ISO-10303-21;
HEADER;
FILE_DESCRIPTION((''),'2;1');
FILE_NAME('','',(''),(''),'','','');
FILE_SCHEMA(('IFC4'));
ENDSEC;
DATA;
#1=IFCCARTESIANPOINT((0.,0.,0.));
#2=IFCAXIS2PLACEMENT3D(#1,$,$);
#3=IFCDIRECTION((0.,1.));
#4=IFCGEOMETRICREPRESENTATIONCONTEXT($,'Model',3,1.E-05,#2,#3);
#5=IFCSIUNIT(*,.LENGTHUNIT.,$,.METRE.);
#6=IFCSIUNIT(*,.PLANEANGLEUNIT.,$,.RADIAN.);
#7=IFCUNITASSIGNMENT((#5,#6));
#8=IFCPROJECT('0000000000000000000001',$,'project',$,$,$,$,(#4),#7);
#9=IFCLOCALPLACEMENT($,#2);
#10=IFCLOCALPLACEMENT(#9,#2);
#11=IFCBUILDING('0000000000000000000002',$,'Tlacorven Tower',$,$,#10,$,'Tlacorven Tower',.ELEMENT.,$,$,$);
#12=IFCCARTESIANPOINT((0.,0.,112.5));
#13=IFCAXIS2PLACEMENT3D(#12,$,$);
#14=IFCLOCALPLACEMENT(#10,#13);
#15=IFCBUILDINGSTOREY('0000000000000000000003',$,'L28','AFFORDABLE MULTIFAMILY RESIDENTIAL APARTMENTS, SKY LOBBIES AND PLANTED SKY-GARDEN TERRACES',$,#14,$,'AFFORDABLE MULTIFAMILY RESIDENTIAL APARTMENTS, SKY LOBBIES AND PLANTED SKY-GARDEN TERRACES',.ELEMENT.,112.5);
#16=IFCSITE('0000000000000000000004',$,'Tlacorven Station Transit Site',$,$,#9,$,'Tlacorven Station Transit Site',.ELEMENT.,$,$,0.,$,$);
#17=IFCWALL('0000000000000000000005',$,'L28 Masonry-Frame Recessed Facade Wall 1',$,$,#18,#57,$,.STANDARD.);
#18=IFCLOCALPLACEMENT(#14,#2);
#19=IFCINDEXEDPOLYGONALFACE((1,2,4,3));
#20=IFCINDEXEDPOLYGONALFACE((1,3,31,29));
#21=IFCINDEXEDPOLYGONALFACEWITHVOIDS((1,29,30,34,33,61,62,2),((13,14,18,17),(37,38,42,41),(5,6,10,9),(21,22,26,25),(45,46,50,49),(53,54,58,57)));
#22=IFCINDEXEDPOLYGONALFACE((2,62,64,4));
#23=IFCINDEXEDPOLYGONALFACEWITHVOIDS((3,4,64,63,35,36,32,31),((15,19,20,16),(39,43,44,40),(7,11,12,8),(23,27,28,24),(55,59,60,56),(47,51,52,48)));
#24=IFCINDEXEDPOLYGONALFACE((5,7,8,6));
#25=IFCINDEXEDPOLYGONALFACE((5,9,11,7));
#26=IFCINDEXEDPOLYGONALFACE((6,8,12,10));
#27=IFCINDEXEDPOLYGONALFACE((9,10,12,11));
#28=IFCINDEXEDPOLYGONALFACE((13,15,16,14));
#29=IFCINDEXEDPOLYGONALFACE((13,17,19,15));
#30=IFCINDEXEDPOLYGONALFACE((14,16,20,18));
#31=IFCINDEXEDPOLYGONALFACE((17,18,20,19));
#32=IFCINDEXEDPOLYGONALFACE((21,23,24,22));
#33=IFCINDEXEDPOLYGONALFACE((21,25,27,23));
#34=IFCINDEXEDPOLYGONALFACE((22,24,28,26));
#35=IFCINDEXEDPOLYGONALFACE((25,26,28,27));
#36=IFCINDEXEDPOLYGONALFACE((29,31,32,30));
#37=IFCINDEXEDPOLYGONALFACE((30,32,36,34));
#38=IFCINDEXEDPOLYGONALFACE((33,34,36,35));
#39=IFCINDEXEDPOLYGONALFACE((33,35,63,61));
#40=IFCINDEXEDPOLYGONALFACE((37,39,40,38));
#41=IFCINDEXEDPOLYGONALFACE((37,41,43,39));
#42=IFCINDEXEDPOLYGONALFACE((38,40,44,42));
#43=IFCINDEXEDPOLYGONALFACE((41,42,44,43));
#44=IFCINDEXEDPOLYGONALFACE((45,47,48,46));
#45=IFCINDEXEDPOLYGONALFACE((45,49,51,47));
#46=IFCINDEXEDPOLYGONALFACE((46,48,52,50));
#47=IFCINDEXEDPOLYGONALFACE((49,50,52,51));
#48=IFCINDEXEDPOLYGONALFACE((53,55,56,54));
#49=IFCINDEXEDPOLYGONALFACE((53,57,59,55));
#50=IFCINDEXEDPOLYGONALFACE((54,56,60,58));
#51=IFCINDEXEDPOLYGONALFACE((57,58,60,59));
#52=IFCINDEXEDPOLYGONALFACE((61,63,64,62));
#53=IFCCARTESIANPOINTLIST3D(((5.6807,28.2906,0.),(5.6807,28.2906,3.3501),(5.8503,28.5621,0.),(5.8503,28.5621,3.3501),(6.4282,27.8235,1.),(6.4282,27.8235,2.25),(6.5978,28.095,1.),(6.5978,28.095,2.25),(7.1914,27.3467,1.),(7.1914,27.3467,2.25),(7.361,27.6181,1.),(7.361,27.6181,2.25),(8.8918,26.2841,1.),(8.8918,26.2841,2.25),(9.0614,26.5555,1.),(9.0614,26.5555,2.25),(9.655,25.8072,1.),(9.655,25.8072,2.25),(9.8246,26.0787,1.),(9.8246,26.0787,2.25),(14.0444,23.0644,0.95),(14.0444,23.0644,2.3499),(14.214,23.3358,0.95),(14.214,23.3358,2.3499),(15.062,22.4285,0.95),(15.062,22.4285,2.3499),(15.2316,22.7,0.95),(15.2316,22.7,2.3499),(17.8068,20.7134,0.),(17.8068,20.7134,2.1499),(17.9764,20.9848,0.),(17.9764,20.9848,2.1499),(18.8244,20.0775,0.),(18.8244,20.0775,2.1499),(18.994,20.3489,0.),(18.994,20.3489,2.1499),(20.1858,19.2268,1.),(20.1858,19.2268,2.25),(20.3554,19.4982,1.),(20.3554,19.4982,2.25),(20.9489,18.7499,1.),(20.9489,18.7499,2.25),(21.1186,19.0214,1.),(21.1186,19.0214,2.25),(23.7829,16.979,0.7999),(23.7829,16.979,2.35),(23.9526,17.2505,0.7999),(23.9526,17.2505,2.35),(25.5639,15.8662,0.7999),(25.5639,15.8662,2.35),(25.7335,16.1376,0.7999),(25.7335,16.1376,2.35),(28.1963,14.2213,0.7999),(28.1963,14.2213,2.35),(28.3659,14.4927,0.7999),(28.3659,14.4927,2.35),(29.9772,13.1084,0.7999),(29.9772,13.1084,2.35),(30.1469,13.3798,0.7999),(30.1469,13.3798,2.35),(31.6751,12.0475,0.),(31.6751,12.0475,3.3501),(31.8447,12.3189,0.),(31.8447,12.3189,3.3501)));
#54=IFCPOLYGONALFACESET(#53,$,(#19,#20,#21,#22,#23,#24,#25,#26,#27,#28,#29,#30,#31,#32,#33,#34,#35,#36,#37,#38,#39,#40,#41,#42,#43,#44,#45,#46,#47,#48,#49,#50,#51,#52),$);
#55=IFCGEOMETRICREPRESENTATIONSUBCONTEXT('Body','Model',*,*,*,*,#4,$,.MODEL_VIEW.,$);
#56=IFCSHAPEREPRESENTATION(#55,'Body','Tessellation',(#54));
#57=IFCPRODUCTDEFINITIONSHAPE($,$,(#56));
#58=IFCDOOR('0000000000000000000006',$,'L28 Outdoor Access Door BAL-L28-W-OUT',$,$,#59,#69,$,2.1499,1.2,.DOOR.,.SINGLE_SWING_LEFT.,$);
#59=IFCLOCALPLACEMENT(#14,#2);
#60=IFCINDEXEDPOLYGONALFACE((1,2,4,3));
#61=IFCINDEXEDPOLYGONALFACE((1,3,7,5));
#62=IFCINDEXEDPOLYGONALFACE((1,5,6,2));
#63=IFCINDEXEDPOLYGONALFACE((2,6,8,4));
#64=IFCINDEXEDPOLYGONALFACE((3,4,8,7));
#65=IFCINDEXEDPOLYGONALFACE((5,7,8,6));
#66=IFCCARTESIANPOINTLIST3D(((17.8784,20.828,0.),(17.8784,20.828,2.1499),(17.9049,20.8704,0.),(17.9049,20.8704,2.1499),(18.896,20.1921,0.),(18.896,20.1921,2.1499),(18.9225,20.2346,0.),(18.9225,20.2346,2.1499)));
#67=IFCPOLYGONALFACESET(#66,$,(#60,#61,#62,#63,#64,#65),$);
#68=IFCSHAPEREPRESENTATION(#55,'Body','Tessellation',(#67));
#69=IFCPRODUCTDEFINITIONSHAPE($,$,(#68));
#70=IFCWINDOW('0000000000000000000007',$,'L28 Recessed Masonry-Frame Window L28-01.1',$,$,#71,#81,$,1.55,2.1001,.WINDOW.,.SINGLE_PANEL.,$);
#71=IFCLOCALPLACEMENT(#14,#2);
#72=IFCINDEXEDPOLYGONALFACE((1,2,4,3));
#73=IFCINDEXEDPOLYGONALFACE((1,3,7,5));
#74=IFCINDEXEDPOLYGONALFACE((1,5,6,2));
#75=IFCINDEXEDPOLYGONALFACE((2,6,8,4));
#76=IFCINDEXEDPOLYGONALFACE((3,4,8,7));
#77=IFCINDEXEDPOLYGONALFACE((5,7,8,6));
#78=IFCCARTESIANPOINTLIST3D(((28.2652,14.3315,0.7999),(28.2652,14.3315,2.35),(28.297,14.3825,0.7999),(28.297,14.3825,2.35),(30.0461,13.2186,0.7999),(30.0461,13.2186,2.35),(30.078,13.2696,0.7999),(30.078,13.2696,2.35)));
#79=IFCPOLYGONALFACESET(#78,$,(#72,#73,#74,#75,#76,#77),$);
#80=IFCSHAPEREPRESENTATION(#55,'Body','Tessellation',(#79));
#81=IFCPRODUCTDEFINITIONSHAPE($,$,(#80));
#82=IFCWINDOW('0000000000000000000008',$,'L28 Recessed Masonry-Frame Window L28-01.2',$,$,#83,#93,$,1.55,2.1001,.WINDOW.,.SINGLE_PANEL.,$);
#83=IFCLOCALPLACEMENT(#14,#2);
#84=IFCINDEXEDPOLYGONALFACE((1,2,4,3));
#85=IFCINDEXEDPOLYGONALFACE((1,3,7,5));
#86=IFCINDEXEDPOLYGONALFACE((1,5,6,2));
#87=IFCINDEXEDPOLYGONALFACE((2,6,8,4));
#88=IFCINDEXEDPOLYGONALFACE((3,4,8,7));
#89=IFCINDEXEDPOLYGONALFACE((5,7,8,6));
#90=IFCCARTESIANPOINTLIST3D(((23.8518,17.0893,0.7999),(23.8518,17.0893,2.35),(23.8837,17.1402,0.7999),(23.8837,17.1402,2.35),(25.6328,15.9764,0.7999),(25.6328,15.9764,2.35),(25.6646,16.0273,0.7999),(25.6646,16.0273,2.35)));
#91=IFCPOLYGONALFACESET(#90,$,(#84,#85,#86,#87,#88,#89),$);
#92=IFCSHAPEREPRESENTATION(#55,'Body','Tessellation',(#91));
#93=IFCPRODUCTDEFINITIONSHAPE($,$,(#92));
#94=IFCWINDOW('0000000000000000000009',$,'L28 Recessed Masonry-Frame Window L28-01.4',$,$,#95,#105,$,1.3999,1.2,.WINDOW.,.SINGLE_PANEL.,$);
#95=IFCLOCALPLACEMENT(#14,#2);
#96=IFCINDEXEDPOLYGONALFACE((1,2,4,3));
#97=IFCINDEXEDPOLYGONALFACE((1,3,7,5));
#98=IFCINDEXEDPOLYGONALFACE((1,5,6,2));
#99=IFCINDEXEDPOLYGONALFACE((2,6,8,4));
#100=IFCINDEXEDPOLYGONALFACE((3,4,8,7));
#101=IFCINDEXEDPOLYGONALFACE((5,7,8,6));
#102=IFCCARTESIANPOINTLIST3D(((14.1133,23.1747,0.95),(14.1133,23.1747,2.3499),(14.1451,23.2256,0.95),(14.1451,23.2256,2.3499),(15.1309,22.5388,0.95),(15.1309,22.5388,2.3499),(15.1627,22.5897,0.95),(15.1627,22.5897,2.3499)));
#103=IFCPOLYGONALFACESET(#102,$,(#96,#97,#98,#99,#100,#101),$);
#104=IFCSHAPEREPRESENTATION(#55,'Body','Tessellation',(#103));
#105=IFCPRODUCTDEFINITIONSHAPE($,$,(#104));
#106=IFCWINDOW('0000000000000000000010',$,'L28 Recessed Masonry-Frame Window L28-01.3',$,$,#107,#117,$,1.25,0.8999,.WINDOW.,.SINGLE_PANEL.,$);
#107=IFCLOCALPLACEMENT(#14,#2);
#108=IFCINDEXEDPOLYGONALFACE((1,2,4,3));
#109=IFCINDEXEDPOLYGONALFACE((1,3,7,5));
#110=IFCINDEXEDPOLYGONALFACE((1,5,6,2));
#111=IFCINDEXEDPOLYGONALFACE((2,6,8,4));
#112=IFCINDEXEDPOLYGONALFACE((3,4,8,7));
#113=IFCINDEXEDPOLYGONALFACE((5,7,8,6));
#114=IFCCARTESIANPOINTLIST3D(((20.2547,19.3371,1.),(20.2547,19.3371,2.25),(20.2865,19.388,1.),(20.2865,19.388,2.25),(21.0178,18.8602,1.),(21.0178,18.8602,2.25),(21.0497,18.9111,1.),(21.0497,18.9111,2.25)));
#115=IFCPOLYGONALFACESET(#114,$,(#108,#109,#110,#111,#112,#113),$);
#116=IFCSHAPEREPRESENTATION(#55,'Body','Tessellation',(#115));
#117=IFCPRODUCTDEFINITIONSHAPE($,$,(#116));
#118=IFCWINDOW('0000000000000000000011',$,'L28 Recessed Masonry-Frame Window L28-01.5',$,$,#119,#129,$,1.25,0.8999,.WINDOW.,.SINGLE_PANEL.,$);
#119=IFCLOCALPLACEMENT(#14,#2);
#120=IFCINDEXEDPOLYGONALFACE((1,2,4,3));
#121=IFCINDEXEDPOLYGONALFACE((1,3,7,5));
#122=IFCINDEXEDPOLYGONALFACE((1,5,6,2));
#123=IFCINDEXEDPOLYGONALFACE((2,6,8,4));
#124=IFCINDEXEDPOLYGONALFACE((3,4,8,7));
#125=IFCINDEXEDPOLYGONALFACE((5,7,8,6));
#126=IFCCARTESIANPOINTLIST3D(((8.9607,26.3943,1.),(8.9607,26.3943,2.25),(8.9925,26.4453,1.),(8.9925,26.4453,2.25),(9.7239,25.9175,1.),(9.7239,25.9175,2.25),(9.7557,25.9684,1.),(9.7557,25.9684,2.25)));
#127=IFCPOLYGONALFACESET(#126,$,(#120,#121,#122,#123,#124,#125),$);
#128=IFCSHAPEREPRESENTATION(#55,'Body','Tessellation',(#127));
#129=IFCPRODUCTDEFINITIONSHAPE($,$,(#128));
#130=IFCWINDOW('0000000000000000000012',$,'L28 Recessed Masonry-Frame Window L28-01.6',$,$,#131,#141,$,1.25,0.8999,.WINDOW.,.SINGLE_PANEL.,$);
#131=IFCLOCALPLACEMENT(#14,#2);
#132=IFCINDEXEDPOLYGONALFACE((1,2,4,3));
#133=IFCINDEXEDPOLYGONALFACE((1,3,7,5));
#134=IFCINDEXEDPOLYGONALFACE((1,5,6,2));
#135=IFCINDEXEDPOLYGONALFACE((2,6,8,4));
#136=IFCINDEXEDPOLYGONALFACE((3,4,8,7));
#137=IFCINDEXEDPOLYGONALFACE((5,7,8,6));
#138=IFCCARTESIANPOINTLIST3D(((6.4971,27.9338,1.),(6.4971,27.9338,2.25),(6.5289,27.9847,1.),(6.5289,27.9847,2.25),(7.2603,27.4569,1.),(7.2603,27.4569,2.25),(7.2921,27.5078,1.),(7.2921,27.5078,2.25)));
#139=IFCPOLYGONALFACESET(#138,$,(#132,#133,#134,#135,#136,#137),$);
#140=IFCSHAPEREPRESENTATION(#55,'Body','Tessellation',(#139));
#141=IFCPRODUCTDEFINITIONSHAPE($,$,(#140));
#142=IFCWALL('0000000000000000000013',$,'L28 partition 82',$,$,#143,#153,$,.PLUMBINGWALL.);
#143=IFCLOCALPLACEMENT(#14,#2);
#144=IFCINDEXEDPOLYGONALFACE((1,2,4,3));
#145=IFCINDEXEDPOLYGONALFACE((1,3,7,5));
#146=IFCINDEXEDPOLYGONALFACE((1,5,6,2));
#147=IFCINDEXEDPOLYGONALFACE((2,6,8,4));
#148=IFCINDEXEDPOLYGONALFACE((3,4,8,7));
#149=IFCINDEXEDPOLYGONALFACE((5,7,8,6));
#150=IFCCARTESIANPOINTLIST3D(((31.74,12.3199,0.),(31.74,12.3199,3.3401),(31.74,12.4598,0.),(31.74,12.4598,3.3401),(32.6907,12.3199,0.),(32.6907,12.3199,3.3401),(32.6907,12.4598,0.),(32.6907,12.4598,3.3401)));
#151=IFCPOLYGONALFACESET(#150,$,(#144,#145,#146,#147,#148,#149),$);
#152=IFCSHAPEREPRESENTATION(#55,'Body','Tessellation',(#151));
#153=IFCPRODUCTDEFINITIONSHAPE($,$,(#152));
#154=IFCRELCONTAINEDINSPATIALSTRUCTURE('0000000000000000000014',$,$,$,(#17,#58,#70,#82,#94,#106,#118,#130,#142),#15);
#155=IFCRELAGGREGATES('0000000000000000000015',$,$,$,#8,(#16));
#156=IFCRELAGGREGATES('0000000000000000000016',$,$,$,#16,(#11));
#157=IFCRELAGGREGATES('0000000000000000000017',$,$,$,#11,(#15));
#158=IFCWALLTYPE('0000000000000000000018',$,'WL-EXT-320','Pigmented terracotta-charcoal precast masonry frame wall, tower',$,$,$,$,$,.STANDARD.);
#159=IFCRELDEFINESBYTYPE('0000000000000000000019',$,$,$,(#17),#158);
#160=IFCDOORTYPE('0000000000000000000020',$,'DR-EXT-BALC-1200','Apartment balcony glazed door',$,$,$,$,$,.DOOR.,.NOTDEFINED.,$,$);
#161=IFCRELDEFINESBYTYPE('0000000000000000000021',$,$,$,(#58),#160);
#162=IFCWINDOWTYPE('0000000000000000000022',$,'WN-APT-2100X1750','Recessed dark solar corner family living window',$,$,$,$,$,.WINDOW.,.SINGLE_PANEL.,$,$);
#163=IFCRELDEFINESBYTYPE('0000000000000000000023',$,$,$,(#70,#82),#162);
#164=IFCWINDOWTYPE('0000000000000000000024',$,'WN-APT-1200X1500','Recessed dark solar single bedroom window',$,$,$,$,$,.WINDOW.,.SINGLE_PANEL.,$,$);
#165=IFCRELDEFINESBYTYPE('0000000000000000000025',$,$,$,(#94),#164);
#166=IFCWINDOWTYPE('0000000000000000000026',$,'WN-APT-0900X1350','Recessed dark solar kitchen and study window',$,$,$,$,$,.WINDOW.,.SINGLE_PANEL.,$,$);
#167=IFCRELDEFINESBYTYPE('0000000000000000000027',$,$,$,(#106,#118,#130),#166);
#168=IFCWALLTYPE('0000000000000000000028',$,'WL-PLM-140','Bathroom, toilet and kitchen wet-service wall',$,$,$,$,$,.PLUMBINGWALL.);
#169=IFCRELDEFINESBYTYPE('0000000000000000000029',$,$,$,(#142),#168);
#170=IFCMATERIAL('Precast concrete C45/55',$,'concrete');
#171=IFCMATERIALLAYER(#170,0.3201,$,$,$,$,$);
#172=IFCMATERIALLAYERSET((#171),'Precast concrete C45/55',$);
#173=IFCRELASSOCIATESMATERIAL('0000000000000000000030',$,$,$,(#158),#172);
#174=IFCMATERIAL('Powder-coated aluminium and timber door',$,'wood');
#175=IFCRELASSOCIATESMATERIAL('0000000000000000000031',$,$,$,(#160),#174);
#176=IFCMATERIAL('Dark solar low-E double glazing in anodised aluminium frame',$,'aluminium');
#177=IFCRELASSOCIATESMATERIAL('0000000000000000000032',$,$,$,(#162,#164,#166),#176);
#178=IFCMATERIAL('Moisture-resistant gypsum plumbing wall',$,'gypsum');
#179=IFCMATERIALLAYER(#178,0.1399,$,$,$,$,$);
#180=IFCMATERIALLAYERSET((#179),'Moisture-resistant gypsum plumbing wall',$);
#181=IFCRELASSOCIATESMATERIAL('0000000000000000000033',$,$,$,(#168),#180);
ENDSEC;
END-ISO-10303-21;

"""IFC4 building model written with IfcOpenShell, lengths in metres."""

from ifc_helpers import new_model, si_unit, direction, frame, frame_2d, origin, place, context, subcontext, project, spatial, rectangle, extrude, source, transform, mapped, material, layer, layer_set, type_object, element, fill, save


model = new_model("IFC4")

# Units and contexts
model_context = context("Model", 3, precision=1e-05, world=origin(), true_north=direction((0.0, 1.0)))
body_context = subcontext(model_context, "Body", "Model", "MODEL_VIEW")
ifc_project = project(units=[si_unit("LENGTHUNIT", "METRE"), si_unit("PLANEANGLEUNIT", "RADIAN")], contexts=[model_context])

# Site, building, storey
site_placement = place(None, origin())
site = spatial("IfcSite", under=ifc_project, at=site_placement, Name="Tlacorven Station Transit Site", LongName="Tlacorven Station Transit Site", CompositionType="ELEMENT", RefElevation=0.0)
building_placement = place(site_placement, origin())
building = spatial("IfcBuilding", under=site, at=building_placement, Name="Tlacorven Tower", LongName="Tlacorven Tower", CompositionType="ELEMENT")
storey_placement = place(building_placement, frame((0.0, 0.0, 112.5)))
storey = spatial("IfcBuildingStorey", under=building, at=storey_placement, Name="L28", Description="AFFORDABLE MULTIFAMILY RESIDENTIAL APARTMENTS, SKY LOBBIES AND PLANTED SKY-GARDEN TERRACES", LongName="AFFORDABLE MULTIFAMILY RESIDENTIAL APARTMENTS, SKY LOBBIES AND PLANTED SKY-GARDEN TERRACES", CompositionType="ELEMENT", Elevation=112.5)

# Wall, openings, door, windows
ifc_material_1 = material(Name="Precast concrete C45/55", Category="concrete")
ifc_layer_1 = layer(ifc_material_1, 0.3201)
ifc_layer_set_1 = layer_set([ifc_layer_1], Name="Precast concrete C45/55")
wall_type_1 = type_object("IfcWallType", Name="WL-EXT-320", Description="Pigmented terracotta-charcoal precast masonry frame wall, tower", PredefinedType="STANDARD", material=ifc_layer_set_1)
wall_1_placement = place(storey_placement, frame((31.76, 12.1831, 0.0), z_axis=(0.0, 0.0, 1.0), x_axis=(-0.848047, 0.529921, 0.0)))
wall_1 = element("IfcWall", 1, at=wall_1_placement, inside=storey, type_object=wall_type_1, Name="L28 Masonry-Frame Recessed Facade Wall 1", PredefinedType="STANDARD", context=body_context, shape_type="SweptSolid", body=[
    extrude(rectangle(XDim=30.6521, YDim=0.3201, at=frame_2d((15.3262, 0.0))), origin(), (0.0, 0.0, 1.0), 3.3501),
])
opening_1_placement = place(wall_1_placement, frame((15.1533, 0.0, 0.0)))
opening_1 = element("IfcOpeningElement", 2, at=opening_1_placement, cuts=wall_1, PredefinedType="OPENING", context=body_context, shape_type="SweptSolid", body=[
    extrude(rectangle(XDim=1.2, YDim=2.1499, at=frame_2d((0.6001, 1.075))), frame((0.0, 0.1699, 0.0), z_axis=(0.0, -1.0, 0.0), x_axis=(1.0, 0.0, 0.0)), (0.0, 0.0, 1.0), 0.3401),
])
opening_2_placement = place(wall_1_placement, frame((2.0022, 0.0, 0.8)))
opening_2 = element("IfcOpeningElement", 3, at=opening_2_placement, cuts=wall_1, PredefinedType="OPENING", context=body_context, shape_type="SweptSolid", body=[
    extrude(rectangle(XDim=2.1001, YDim=1.55, at=frame_2d((1.05, 0.7749))), frame((0.0, 0.1699, 0.0), z_axis=(0.0, -1.0, 0.0), x_axis=(1.0, 0.0, 0.0)), (0.0, 0.0, 1.0), 0.3401),
])
opening_3_placement = place(wall_1_placement, frame((7.2063, 0.0, 0.8)))
opening_3 = element("IfcOpeningElement", 4, at=opening_3_placement, cuts=wall_1, PredefinedType="OPENING", context=body_context, shape_type="SweptSolid", body=[
    extrude(rectangle(XDim=2.1001, YDim=1.55, at=frame_2d((1.05, 0.7749))), frame((0.0, 0.1699, 0.0), z_axis=(0.0, -1.0, 0.0), x_axis=(1.0, 0.0, 0.0)), (0.0, 0.0, 1.0), 0.3401),
])
opening_4_placement = place(wall_1_placement, frame((12.6482, 0.0, 1.0)))
opening_4 = element("IfcOpeningElement", 5, at=opening_4_placement, cuts=wall_1, PredefinedType="OPENING", context=body_context, shape_type="SweptSolid", body=[
    extrude(rectangle(XDim=0.8999, YDim=1.25, at=frame_2d((0.45, 0.625))), frame((0.0, 0.1699, 0.0), z_axis=(0.0, -1.0, 0.0), x_axis=(1.0, 0.0, 0.0)), (0.0, 0.0, 1.0), 0.3401),
])
opening_5_placement = place(wall_1_placement, frame((19.5898, 0.0, 0.95)))
opening_5 = element("IfcOpeningElement", 6, at=opening_5_placement, cuts=wall_1, PredefinedType="OPENING", context=body_context, shape_type="SweptSolid", body=[
    extrude(rectangle(XDim=1.2, YDim=1.3999, at=frame_2d((0.6001, 0.7))), frame((0.0, 0.1699, 0.0), z_axis=(0.0, -1.0, 0.0), x_axis=(1.0, 0.0, 0.0)), (0.0, 0.0, 1.0), 0.3401),
])
opening_6_placement = place(wall_1_placement, frame((25.9658, 0.0, 1.0)))
opening_6 = element("IfcOpeningElement", 7, at=opening_6_placement, cuts=wall_1, PredefinedType="OPENING", context=body_context, shape_type="SweptSolid", body=[
    extrude(rectangle(XDim=0.8999, YDim=1.25, at=frame_2d((0.45, 0.625))), frame((0.0, 0.1699, 0.0), z_axis=(0.0, -1.0, 0.0), x_axis=(1.0, 0.0, 0.0)), (0.0, 0.0, 1.0), 0.3401),
])
opening_7_placement = place(wall_1_placement, frame((28.8708, 0.0, 1.0)))
opening_7 = element("IfcOpeningElement", 8, at=opening_7_placement, cuts=wall_1, PredefinedType="OPENING", context=body_context, shape_type="SweptSolid", body=[
    extrude(rectangle(XDim=0.8999, YDim=1.25, at=frame_2d((0.45, 0.625))), frame((0.0, 0.1699, 0.0), z_axis=(0.0, -1.0, 0.0), x_axis=(1.0, 0.0, 0.0)), (0.0, 0.0, 1.0), 0.3401),
])
ifc_material_2 = material(Name="Powder-coated aluminium and timber door", Category="wood")
door_type_1 = type_object("IfcDoorType", Name="DR-EXT-BALC-1200", Description="Apartment balcony glazed door", OperationType="NOTDEFINED", PredefinedType="DOOR", material=ifc_material_2)
shared_shape_1 = source(origin(), body_context, "Body", "SweptSolid", [
    extrude(rectangle(XDim=1.2, YDim=2.1499, at=frame_2d((0.6001, 1.075))), frame((0.0, 0.0249, 0.0), z_axis=(0.0, -1.0, 0.0), x_axis=(1.0, 0.0, 0.0)), (0.0, 0.0, 1.0), 0.05),
])
door_1_placement = place(opening_1_placement, origin())
door_1 = element("IfcDoor", 9, at=door_1_placement, inside=storey, type_object=door_type_1, Name="L28 Outdoor Access Door BAL-L28-W-OUT", OperationType="SINGLE_SWING_LEFT", OverallHeight=2.1499, OverallWidth=1.2, PredefinedType="DOOR", context=body_context, shape_type="MappedRepresentation", body=[
    mapped(shared_shape_1, transform((0.0, 0.0, 0.0), scale=1.0)),
])
fill(opening_1, door_1)
ifc_material_3 = material(Name="Dark solar low-E double glazing in anodised aluminium frame", Category="aluminium")
window_type_1 = type_object("IfcWindowType", Name="WN-APT-2100X1750", Description="Recessed dark solar corner family living window", PartitioningType="SINGLE_PANEL", PredefinedType="WINDOW", material=ifc_material_3)
shared_shape_2 = source(origin(), body_context, "Body", "SweptSolid", [
    extrude(rectangle(XDim=2.1001, YDim=1.55, at=frame_2d((1.05, 0.7749))), frame((0.0, 0.03, 0.0), z_axis=(0.0, -1.0, 0.0), x_axis=(1.0, 0.0, 0.0)), (0.0, 0.0, 1.0), 0.0601),
])
window_1_placement = place(opening_2_placement, origin())
window_1 = element("IfcWindow", 10, at=window_1_placement, inside=storey, type_object=window_type_1, Name="L28 Recessed Masonry-Frame Window L28-01.1", OverallHeight=1.55, OverallWidth=2.1001, PartitioningType="SINGLE_PANEL", PredefinedType="WINDOW", context=body_context, shape_type="MappedRepresentation", body=[
    mapped(shared_shape_2, transform((0.0, 0.0, 0.0), scale=1.0)),
])
fill(opening_2, window_1)
window_2_placement = place(opening_3_placement, origin())
window_2 = element("IfcWindow", 11, at=window_2_placement, inside=storey, type_object=window_type_1, Name="L28 Recessed Masonry-Frame Window L28-01.2", OverallHeight=1.55, OverallWidth=2.1001, PartitioningType="SINGLE_PANEL", PredefinedType="WINDOW", context=body_context, shape_type="MappedRepresentation", body=[
    mapped(shared_shape_2, transform((0.0, 0.0, 0.0), scale=1.0)),
])
fill(opening_3, window_2)
window_type_2 = type_object("IfcWindowType", Name="WN-APT-1200X1500", Description="Recessed dark solar single bedroom window", PartitioningType="SINGLE_PANEL", PredefinedType="WINDOW", material=ifc_material_3)
shared_shape_3 = source(origin(), body_context, "Body", "SweptSolid", [
    extrude(rectangle(XDim=1.2, YDim=1.3999, at=frame_2d((0.6001, 0.7))), frame((0.0, 0.03, 0.0), z_axis=(0.0, -1.0, 0.0), x_axis=(1.0, 0.0, 0.0)), (0.0, 0.0, 1.0), 0.0601),
])
window_3_placement = place(opening_5_placement, origin())
window_3 = element("IfcWindow", 12, at=window_3_placement, inside=storey, type_object=window_type_2, Name="L28 Recessed Masonry-Frame Window L28-01.4", OverallHeight=1.3999, OverallWidth=1.2, PartitioningType="SINGLE_PANEL", PredefinedType="WINDOW", context=body_context, shape_type="MappedRepresentation", body=[
    mapped(shared_shape_3, transform((0.0, 0.0, 0.0), scale=1.0)),
])
fill(opening_5, window_3)
window_type_3 = type_object("IfcWindowType", Name="WN-APT-0900X1350", Description="Recessed dark solar kitchen and study window", PartitioningType="SINGLE_PANEL", PredefinedType="WINDOW", material=ifc_material_3)
shared_shape_4 = source(origin(), body_context, "Body", "SweptSolid", [
    extrude(rectangle(XDim=0.8999, YDim=1.25, at=frame_2d((0.45, 0.625))), frame((0.0, 0.03, 0.0), z_axis=(0.0, -1.0, 0.0), x_axis=(1.0, 0.0, 0.0)), (0.0, 0.0, 1.0), 0.0601),
])
window_4_placement = place(opening_4_placement, origin())
window_4 = element("IfcWindow", 13, at=window_4_placement, inside=storey, type_object=window_type_3, Name="L28 Recessed Masonry-Frame Window L28-01.3", OverallHeight=1.25, OverallWidth=0.8999, PartitioningType="SINGLE_PANEL", PredefinedType="WINDOW", context=body_context, shape_type="MappedRepresentation", body=[
    mapped(shared_shape_4, transform((0.0, 0.0, 0.0), scale=1.0)),
])
fill(opening_4, window_4)
window_5_placement = place(opening_6_placement, origin())
window_5 = element("IfcWindow", 14, at=window_5_placement, inside=storey, type_object=window_type_3, Name="L28 Recessed Masonry-Frame Window L28-01.5", OverallHeight=1.25, OverallWidth=0.8999, PartitioningType="SINGLE_PANEL", PredefinedType="WINDOW", context=body_context, shape_type="MappedRepresentation", body=[
    mapped(shared_shape_4, transform((0.0, 0.0, 0.0), scale=1.0)),
])
fill(opening_6, window_5)
window_6_placement = place(opening_7_placement, origin())
window_6 = element("IfcWindow", 15, at=window_6_placement, inside=storey, type_object=window_type_3, Name="L28 Recessed Masonry-Frame Window L28-01.6", OverallHeight=1.25, OverallWidth=0.8999, PartitioningType="SINGLE_PANEL", PredefinedType="WINDOW", context=body_context, shape_type="MappedRepresentation", body=[
    mapped(shared_shape_4, transform((0.0, 0.0, 0.0), scale=1.0)),
])
fill(opening_7, window_6)

# Wall
ifc_material_4 = material(Name="Moisture-resistant gypsum plumbing wall", Category="gypsum")
ifc_layer_2 = layer(ifc_material_4, 0.1399)
ifc_layer_set_2 = layer_set([ifc_layer_2], Name="Moisture-resistant gypsum plumbing wall")
wall_type_2 = type_object("IfcWallType", Name="WL-PLM-140", Description="Bathroom, toilet and kitchen wet-service wall", PredefinedType="PLUMBINGWALL", material=ifc_layer_set_2)
wall_2_placement = place(storey_placement, frame((31.74, 12.3899, 0.0), z_axis=(0.0, 0.0, 1.0), x_axis=(1.0, 0.0, 0.0)))
element("IfcWall", 16, at=wall_2_placement, inside=storey, type_object=wall_type_2, Name="L28 partition 82", PredefinedType="PLUMBINGWALL", context=body_context, shape_type="SweptSolid", body=[
    extrude(rectangle(XDim=0.9507, YDim=0.1399, at=frame_2d((0.4753, 0.0))), origin(), (0.0, 0.0, 1.0), 3.3401),
])

save(model, "model.ifc")
